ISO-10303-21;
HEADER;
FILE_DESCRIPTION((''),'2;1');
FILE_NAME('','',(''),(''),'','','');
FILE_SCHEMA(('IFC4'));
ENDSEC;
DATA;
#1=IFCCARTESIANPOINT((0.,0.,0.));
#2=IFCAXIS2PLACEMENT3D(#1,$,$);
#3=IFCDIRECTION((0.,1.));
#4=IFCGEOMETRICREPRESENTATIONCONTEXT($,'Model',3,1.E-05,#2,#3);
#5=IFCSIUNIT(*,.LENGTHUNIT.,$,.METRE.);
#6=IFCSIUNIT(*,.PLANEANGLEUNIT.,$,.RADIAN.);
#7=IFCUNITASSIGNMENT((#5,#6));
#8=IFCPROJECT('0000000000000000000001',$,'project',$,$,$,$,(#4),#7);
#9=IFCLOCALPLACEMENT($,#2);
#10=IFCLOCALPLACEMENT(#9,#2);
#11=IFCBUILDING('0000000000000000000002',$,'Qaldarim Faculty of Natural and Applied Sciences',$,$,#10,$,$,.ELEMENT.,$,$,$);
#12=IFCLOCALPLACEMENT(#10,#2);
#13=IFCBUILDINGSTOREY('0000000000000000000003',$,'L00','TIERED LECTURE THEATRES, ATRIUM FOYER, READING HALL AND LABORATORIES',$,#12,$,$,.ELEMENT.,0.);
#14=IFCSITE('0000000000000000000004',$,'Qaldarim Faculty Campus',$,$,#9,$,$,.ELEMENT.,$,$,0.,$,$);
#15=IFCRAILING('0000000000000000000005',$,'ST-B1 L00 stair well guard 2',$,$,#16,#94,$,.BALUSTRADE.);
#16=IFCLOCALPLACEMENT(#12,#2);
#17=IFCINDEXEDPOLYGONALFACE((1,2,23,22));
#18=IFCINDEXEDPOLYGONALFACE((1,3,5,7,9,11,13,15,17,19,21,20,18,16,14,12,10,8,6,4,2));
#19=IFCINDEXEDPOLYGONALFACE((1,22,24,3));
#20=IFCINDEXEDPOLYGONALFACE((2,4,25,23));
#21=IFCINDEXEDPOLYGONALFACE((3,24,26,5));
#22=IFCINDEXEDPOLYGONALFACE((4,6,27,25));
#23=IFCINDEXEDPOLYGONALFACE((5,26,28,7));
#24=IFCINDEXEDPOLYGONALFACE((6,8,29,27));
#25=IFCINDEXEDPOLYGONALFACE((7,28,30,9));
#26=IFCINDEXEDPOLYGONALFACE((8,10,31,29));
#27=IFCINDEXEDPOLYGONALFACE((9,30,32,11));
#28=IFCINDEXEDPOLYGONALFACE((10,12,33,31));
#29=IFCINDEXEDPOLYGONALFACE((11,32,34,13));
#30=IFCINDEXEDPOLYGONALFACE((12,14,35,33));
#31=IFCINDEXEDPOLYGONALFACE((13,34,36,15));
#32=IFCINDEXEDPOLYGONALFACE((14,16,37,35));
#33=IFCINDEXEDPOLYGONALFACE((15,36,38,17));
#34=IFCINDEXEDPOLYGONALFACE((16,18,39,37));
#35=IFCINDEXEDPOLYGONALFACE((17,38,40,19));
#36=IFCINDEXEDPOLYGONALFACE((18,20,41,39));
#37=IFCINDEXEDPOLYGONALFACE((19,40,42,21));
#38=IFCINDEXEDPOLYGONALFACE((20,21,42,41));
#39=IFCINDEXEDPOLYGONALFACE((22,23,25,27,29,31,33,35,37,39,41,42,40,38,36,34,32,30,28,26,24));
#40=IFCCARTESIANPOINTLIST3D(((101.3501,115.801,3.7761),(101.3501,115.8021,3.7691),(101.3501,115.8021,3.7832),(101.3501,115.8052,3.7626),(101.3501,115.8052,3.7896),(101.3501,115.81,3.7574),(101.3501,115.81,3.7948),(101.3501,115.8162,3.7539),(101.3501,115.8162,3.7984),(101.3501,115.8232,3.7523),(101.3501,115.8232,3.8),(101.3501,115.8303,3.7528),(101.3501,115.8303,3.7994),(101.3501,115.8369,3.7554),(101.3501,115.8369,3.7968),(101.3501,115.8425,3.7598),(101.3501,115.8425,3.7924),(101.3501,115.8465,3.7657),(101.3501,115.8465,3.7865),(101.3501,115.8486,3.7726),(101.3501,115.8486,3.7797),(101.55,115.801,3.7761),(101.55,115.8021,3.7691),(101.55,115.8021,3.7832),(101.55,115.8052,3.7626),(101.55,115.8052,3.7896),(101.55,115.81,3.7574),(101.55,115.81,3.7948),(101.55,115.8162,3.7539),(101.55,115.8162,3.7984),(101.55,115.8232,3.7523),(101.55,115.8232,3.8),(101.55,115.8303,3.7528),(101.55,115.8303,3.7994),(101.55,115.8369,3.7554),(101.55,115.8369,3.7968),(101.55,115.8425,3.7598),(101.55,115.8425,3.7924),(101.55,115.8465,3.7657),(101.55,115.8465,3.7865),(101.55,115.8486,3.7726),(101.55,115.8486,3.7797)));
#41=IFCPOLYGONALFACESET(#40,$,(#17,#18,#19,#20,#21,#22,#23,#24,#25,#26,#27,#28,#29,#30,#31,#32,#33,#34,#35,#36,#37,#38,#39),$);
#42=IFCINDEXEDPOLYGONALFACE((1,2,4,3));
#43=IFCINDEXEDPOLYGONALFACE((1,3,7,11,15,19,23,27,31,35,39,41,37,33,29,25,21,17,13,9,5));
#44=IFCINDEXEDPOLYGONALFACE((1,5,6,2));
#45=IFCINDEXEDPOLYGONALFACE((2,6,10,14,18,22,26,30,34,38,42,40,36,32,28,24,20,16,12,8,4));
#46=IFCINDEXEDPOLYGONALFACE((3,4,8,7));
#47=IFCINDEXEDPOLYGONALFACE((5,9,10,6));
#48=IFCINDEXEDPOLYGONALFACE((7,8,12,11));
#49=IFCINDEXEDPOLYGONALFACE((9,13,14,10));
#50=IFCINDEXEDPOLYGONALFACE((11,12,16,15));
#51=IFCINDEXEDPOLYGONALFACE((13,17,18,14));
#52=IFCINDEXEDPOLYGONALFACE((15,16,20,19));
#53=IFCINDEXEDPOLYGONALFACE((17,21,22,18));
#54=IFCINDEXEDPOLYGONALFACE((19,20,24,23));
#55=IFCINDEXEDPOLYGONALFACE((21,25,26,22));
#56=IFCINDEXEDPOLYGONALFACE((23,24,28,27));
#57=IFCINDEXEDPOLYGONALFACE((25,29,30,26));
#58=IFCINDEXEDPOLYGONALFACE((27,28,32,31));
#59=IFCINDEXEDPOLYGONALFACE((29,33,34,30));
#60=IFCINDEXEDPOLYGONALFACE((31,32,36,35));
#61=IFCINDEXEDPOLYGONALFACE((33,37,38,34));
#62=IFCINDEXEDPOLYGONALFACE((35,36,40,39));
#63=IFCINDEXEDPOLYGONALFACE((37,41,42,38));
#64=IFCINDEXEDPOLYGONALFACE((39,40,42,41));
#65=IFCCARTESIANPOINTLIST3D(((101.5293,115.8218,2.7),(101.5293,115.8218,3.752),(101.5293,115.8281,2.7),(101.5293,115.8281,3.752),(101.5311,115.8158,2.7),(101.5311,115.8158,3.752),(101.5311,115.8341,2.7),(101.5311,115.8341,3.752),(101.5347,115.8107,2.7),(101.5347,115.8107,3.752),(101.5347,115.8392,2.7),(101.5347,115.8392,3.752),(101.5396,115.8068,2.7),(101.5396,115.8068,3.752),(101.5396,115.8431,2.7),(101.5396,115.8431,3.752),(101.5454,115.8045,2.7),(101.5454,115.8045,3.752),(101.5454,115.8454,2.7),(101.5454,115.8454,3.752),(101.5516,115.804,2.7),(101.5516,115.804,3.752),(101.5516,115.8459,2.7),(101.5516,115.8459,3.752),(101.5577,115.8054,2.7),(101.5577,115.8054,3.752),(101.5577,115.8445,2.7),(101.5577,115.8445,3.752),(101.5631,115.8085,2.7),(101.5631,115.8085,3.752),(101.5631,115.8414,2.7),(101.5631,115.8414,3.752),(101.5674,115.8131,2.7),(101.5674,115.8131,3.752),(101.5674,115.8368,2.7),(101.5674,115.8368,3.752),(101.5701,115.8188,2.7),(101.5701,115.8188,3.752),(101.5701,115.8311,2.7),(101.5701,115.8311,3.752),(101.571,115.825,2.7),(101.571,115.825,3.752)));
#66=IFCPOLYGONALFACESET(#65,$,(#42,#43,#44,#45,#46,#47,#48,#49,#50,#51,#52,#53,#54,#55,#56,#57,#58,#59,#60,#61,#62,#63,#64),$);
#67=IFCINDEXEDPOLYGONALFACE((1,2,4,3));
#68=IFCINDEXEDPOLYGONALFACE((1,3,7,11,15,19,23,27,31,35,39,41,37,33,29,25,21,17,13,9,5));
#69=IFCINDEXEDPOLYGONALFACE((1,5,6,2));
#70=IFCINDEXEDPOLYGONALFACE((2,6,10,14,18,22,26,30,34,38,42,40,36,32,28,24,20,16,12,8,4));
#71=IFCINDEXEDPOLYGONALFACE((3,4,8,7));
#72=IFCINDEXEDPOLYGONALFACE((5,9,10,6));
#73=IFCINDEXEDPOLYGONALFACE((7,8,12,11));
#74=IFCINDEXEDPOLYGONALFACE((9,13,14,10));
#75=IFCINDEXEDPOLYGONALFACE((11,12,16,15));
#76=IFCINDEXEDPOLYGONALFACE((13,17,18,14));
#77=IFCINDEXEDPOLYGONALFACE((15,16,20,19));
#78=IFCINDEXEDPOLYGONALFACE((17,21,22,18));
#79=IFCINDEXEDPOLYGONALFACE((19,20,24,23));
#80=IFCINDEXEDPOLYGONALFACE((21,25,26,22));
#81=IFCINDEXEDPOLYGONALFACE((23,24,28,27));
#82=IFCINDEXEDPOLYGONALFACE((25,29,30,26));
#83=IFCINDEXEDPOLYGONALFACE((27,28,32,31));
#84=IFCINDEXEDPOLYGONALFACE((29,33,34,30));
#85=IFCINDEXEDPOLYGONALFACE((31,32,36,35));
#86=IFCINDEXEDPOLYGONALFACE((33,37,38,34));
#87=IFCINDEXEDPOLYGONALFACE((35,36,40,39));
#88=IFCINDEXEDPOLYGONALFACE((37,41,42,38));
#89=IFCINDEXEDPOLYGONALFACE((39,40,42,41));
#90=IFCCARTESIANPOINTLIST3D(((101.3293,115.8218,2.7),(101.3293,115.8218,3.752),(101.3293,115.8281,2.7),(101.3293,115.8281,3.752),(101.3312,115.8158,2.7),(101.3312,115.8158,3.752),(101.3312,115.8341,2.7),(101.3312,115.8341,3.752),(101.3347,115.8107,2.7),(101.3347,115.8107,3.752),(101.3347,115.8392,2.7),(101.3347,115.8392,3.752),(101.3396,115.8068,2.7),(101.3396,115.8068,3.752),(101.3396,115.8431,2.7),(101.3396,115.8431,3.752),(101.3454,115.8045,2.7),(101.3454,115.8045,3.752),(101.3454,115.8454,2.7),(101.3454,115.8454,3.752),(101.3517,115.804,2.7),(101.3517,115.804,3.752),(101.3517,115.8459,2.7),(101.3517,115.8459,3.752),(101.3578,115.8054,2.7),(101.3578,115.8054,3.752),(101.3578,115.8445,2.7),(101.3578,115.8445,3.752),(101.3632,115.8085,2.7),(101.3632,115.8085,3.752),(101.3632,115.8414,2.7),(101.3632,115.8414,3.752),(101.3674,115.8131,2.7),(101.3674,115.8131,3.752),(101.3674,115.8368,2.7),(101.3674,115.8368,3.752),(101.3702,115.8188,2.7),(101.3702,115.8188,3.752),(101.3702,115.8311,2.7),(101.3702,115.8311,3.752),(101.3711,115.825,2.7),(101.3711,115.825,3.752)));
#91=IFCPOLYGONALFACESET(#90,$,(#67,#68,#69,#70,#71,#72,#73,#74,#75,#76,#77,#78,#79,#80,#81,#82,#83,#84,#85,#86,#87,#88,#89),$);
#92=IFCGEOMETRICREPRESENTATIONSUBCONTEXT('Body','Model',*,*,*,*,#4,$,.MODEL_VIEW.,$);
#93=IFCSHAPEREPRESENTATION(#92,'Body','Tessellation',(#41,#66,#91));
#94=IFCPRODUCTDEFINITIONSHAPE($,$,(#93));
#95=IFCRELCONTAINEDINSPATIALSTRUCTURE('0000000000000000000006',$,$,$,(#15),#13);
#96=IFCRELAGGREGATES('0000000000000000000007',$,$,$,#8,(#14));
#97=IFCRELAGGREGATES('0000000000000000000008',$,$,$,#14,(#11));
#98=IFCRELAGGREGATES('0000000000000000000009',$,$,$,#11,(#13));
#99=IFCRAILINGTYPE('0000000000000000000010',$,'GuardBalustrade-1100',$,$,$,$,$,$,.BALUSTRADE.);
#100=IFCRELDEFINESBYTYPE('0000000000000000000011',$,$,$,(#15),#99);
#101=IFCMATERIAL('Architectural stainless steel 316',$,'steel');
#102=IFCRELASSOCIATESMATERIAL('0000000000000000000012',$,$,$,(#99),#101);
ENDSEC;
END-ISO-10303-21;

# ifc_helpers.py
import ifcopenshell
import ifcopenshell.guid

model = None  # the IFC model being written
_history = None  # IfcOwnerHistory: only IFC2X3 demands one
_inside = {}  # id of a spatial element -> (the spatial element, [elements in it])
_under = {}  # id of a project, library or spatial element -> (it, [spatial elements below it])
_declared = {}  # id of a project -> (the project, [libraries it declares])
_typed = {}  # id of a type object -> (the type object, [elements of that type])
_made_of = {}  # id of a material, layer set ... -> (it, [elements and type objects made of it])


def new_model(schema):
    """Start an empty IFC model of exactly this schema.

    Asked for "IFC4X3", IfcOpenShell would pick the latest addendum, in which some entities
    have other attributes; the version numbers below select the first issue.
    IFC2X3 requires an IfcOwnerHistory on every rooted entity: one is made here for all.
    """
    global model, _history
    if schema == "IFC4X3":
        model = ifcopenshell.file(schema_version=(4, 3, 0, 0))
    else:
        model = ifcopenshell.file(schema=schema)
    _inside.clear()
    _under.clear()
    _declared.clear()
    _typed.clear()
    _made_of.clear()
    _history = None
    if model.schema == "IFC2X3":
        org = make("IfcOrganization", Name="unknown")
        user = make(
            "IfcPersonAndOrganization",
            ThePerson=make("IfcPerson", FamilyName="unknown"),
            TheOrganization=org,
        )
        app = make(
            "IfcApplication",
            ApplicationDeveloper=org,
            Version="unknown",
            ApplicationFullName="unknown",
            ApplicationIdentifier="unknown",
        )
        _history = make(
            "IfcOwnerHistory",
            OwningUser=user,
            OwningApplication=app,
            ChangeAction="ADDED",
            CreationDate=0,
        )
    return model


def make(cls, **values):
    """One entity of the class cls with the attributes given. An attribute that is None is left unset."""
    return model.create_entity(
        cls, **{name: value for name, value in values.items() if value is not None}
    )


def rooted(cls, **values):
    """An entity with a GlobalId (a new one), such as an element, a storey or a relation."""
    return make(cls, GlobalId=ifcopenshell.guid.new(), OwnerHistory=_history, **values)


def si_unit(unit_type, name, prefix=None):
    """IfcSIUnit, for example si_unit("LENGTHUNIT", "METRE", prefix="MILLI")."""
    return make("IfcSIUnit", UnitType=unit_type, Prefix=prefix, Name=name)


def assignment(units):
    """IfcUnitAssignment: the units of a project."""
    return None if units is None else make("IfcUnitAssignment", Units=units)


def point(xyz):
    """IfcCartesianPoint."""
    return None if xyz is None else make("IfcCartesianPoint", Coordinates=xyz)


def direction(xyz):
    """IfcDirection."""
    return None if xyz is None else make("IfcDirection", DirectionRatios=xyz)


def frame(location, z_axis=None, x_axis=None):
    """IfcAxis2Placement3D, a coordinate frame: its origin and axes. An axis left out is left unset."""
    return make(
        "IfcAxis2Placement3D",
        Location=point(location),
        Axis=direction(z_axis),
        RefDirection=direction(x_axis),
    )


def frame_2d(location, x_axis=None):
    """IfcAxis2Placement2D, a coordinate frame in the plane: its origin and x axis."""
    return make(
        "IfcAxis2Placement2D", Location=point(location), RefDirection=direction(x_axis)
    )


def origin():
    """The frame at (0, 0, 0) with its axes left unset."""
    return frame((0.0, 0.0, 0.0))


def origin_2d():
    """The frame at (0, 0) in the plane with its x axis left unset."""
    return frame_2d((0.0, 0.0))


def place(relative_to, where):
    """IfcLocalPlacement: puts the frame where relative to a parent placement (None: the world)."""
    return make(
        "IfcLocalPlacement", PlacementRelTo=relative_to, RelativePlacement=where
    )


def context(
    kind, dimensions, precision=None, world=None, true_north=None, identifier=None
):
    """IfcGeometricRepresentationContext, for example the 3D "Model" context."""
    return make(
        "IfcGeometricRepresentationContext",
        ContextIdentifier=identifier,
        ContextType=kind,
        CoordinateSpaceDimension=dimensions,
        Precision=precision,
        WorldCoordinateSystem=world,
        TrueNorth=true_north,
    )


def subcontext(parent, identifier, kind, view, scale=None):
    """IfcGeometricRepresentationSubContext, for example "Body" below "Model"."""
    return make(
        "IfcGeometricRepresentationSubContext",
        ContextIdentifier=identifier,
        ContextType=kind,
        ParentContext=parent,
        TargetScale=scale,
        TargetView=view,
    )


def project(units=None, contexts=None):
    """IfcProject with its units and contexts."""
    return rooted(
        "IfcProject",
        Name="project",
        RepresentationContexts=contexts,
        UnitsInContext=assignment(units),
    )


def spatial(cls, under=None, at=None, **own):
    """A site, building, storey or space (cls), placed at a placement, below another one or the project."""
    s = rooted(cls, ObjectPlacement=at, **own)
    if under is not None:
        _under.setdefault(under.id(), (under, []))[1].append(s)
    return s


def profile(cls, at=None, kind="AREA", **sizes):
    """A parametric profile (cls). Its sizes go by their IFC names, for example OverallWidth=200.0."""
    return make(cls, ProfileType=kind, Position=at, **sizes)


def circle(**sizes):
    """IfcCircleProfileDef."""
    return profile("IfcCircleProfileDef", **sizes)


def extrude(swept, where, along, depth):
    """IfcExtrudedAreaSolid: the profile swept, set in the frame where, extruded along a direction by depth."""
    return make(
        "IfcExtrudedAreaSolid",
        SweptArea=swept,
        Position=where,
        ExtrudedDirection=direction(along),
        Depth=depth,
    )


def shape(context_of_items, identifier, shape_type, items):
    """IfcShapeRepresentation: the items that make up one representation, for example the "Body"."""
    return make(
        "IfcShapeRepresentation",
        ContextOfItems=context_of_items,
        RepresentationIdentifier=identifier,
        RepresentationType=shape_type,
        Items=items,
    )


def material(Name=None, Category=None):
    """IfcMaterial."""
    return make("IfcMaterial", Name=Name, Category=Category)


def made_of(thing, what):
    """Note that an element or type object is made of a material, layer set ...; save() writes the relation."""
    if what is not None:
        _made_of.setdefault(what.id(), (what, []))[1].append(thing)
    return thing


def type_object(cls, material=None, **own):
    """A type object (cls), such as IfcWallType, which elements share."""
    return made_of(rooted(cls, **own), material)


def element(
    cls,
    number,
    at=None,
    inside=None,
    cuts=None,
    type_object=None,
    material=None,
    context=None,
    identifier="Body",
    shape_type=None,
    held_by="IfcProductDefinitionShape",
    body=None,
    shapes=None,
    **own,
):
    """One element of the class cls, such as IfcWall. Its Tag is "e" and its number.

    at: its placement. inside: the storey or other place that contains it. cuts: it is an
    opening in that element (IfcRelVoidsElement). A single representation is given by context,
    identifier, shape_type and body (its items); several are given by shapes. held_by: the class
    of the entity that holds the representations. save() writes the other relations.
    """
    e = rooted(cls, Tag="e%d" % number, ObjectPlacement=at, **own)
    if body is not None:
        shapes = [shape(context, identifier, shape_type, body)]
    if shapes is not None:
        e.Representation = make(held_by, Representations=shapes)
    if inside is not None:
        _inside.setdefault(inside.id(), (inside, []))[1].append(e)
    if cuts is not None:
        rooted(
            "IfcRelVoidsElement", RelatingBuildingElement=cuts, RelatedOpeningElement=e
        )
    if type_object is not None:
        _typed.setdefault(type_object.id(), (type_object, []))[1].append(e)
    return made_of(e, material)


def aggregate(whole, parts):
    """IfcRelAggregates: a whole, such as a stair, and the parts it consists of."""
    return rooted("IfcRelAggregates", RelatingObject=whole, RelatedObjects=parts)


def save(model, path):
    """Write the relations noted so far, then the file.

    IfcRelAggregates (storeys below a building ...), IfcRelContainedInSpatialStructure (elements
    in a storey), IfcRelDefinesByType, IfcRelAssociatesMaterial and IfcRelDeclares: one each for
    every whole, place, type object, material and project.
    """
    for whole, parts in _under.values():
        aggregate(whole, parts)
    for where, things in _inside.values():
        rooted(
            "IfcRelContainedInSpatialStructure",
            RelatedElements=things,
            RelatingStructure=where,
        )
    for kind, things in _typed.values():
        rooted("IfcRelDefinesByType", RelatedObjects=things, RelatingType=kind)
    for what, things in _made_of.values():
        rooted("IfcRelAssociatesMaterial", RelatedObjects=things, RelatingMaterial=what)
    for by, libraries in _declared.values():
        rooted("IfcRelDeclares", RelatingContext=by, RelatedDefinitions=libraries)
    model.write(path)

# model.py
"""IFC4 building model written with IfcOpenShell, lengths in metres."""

from ifc_helpers import new_model, si_unit, direction, frame, origin, origin_2d, place, context, subcontext, project, spatial, circle, extrude, material, type_object, element, save


model = new_model("IFC4")

# Units and contexts
model_context = context("Model", 3, precision=1e-05, world=origin(), true_north=direction((0.0, 1.0)))
body_context = subcontext(model_context, "Body", "Model", "MODEL_VIEW")
ifc_project = project(units=[si_unit("LENGTHUNIT", "METRE"), si_unit("PLANEANGLEUNIT", "RADIAN")], contexts=[model_context])

# Site, building, storey
site_placement = place(None, origin())
site = spatial("IfcSite", under=ifc_project, at=site_placement, Name="Qaldarim Faculty Campus", CompositionType="ELEMENT", RefElevation=0.0)
building_placement = place(site_placement, origin())
building = spatial("IfcBuilding", under=site, at=building_placement, Name="Qaldarim Faculty of Natural and Applied Sciences", CompositionType="ELEMENT")
storey_placement = place(building_placement, origin())
storey = spatial("IfcBuildingStorey", under=building, at=storey_placement, Name="L00", Description="TIERED LECTURE THEATRES, ATRIUM FOYER, READING HALL AND LABORATORIES", CompositionType="ELEMENT", Elevation=0.0)

# Shared definitions
ifc_material_1 = material(Name="Architectural stainless steel 316", Category="steel")

# Railing
railing_type_1 = type_object("IfcRailingType", Name="GuardBalustrade-1100", PredefinedType="BALUSTRADE", material=ifc_material_1)
railing_1_placement = place(storey_placement, frame((101.55, 115.825, 2.7)))
element("IfcRailing", 1, at=railing_1_placement, inside=storey, type_object=railing_type_1, Name="ST-B1 L00 stair well guard 2", PredefinedType="BALUSTRADE", context=body_context, shape_type="SweptSolid", body=[
    extrude(circle(Radius=0.0239, at=origin_2d()), frame((0.0, 0.0, 1.0762), z_axis=(-1.0, 0.0, 0.0), x_axis=(0.0, -1.0, 0.0)), (0.0, 0.0, 1.0), 0.2),
    extrude(circle(Radius=0.021, at=origin_2d()), origin(), (0.0, 0.0, 1.0), 1.052),
    extrude(circle(Radius=0.021, at=origin_2d()), frame((-0.2, 0.0, 0.0)), (0.0, 0.0, 1.0), 1.052),
])

save(model, "model.ifc")
